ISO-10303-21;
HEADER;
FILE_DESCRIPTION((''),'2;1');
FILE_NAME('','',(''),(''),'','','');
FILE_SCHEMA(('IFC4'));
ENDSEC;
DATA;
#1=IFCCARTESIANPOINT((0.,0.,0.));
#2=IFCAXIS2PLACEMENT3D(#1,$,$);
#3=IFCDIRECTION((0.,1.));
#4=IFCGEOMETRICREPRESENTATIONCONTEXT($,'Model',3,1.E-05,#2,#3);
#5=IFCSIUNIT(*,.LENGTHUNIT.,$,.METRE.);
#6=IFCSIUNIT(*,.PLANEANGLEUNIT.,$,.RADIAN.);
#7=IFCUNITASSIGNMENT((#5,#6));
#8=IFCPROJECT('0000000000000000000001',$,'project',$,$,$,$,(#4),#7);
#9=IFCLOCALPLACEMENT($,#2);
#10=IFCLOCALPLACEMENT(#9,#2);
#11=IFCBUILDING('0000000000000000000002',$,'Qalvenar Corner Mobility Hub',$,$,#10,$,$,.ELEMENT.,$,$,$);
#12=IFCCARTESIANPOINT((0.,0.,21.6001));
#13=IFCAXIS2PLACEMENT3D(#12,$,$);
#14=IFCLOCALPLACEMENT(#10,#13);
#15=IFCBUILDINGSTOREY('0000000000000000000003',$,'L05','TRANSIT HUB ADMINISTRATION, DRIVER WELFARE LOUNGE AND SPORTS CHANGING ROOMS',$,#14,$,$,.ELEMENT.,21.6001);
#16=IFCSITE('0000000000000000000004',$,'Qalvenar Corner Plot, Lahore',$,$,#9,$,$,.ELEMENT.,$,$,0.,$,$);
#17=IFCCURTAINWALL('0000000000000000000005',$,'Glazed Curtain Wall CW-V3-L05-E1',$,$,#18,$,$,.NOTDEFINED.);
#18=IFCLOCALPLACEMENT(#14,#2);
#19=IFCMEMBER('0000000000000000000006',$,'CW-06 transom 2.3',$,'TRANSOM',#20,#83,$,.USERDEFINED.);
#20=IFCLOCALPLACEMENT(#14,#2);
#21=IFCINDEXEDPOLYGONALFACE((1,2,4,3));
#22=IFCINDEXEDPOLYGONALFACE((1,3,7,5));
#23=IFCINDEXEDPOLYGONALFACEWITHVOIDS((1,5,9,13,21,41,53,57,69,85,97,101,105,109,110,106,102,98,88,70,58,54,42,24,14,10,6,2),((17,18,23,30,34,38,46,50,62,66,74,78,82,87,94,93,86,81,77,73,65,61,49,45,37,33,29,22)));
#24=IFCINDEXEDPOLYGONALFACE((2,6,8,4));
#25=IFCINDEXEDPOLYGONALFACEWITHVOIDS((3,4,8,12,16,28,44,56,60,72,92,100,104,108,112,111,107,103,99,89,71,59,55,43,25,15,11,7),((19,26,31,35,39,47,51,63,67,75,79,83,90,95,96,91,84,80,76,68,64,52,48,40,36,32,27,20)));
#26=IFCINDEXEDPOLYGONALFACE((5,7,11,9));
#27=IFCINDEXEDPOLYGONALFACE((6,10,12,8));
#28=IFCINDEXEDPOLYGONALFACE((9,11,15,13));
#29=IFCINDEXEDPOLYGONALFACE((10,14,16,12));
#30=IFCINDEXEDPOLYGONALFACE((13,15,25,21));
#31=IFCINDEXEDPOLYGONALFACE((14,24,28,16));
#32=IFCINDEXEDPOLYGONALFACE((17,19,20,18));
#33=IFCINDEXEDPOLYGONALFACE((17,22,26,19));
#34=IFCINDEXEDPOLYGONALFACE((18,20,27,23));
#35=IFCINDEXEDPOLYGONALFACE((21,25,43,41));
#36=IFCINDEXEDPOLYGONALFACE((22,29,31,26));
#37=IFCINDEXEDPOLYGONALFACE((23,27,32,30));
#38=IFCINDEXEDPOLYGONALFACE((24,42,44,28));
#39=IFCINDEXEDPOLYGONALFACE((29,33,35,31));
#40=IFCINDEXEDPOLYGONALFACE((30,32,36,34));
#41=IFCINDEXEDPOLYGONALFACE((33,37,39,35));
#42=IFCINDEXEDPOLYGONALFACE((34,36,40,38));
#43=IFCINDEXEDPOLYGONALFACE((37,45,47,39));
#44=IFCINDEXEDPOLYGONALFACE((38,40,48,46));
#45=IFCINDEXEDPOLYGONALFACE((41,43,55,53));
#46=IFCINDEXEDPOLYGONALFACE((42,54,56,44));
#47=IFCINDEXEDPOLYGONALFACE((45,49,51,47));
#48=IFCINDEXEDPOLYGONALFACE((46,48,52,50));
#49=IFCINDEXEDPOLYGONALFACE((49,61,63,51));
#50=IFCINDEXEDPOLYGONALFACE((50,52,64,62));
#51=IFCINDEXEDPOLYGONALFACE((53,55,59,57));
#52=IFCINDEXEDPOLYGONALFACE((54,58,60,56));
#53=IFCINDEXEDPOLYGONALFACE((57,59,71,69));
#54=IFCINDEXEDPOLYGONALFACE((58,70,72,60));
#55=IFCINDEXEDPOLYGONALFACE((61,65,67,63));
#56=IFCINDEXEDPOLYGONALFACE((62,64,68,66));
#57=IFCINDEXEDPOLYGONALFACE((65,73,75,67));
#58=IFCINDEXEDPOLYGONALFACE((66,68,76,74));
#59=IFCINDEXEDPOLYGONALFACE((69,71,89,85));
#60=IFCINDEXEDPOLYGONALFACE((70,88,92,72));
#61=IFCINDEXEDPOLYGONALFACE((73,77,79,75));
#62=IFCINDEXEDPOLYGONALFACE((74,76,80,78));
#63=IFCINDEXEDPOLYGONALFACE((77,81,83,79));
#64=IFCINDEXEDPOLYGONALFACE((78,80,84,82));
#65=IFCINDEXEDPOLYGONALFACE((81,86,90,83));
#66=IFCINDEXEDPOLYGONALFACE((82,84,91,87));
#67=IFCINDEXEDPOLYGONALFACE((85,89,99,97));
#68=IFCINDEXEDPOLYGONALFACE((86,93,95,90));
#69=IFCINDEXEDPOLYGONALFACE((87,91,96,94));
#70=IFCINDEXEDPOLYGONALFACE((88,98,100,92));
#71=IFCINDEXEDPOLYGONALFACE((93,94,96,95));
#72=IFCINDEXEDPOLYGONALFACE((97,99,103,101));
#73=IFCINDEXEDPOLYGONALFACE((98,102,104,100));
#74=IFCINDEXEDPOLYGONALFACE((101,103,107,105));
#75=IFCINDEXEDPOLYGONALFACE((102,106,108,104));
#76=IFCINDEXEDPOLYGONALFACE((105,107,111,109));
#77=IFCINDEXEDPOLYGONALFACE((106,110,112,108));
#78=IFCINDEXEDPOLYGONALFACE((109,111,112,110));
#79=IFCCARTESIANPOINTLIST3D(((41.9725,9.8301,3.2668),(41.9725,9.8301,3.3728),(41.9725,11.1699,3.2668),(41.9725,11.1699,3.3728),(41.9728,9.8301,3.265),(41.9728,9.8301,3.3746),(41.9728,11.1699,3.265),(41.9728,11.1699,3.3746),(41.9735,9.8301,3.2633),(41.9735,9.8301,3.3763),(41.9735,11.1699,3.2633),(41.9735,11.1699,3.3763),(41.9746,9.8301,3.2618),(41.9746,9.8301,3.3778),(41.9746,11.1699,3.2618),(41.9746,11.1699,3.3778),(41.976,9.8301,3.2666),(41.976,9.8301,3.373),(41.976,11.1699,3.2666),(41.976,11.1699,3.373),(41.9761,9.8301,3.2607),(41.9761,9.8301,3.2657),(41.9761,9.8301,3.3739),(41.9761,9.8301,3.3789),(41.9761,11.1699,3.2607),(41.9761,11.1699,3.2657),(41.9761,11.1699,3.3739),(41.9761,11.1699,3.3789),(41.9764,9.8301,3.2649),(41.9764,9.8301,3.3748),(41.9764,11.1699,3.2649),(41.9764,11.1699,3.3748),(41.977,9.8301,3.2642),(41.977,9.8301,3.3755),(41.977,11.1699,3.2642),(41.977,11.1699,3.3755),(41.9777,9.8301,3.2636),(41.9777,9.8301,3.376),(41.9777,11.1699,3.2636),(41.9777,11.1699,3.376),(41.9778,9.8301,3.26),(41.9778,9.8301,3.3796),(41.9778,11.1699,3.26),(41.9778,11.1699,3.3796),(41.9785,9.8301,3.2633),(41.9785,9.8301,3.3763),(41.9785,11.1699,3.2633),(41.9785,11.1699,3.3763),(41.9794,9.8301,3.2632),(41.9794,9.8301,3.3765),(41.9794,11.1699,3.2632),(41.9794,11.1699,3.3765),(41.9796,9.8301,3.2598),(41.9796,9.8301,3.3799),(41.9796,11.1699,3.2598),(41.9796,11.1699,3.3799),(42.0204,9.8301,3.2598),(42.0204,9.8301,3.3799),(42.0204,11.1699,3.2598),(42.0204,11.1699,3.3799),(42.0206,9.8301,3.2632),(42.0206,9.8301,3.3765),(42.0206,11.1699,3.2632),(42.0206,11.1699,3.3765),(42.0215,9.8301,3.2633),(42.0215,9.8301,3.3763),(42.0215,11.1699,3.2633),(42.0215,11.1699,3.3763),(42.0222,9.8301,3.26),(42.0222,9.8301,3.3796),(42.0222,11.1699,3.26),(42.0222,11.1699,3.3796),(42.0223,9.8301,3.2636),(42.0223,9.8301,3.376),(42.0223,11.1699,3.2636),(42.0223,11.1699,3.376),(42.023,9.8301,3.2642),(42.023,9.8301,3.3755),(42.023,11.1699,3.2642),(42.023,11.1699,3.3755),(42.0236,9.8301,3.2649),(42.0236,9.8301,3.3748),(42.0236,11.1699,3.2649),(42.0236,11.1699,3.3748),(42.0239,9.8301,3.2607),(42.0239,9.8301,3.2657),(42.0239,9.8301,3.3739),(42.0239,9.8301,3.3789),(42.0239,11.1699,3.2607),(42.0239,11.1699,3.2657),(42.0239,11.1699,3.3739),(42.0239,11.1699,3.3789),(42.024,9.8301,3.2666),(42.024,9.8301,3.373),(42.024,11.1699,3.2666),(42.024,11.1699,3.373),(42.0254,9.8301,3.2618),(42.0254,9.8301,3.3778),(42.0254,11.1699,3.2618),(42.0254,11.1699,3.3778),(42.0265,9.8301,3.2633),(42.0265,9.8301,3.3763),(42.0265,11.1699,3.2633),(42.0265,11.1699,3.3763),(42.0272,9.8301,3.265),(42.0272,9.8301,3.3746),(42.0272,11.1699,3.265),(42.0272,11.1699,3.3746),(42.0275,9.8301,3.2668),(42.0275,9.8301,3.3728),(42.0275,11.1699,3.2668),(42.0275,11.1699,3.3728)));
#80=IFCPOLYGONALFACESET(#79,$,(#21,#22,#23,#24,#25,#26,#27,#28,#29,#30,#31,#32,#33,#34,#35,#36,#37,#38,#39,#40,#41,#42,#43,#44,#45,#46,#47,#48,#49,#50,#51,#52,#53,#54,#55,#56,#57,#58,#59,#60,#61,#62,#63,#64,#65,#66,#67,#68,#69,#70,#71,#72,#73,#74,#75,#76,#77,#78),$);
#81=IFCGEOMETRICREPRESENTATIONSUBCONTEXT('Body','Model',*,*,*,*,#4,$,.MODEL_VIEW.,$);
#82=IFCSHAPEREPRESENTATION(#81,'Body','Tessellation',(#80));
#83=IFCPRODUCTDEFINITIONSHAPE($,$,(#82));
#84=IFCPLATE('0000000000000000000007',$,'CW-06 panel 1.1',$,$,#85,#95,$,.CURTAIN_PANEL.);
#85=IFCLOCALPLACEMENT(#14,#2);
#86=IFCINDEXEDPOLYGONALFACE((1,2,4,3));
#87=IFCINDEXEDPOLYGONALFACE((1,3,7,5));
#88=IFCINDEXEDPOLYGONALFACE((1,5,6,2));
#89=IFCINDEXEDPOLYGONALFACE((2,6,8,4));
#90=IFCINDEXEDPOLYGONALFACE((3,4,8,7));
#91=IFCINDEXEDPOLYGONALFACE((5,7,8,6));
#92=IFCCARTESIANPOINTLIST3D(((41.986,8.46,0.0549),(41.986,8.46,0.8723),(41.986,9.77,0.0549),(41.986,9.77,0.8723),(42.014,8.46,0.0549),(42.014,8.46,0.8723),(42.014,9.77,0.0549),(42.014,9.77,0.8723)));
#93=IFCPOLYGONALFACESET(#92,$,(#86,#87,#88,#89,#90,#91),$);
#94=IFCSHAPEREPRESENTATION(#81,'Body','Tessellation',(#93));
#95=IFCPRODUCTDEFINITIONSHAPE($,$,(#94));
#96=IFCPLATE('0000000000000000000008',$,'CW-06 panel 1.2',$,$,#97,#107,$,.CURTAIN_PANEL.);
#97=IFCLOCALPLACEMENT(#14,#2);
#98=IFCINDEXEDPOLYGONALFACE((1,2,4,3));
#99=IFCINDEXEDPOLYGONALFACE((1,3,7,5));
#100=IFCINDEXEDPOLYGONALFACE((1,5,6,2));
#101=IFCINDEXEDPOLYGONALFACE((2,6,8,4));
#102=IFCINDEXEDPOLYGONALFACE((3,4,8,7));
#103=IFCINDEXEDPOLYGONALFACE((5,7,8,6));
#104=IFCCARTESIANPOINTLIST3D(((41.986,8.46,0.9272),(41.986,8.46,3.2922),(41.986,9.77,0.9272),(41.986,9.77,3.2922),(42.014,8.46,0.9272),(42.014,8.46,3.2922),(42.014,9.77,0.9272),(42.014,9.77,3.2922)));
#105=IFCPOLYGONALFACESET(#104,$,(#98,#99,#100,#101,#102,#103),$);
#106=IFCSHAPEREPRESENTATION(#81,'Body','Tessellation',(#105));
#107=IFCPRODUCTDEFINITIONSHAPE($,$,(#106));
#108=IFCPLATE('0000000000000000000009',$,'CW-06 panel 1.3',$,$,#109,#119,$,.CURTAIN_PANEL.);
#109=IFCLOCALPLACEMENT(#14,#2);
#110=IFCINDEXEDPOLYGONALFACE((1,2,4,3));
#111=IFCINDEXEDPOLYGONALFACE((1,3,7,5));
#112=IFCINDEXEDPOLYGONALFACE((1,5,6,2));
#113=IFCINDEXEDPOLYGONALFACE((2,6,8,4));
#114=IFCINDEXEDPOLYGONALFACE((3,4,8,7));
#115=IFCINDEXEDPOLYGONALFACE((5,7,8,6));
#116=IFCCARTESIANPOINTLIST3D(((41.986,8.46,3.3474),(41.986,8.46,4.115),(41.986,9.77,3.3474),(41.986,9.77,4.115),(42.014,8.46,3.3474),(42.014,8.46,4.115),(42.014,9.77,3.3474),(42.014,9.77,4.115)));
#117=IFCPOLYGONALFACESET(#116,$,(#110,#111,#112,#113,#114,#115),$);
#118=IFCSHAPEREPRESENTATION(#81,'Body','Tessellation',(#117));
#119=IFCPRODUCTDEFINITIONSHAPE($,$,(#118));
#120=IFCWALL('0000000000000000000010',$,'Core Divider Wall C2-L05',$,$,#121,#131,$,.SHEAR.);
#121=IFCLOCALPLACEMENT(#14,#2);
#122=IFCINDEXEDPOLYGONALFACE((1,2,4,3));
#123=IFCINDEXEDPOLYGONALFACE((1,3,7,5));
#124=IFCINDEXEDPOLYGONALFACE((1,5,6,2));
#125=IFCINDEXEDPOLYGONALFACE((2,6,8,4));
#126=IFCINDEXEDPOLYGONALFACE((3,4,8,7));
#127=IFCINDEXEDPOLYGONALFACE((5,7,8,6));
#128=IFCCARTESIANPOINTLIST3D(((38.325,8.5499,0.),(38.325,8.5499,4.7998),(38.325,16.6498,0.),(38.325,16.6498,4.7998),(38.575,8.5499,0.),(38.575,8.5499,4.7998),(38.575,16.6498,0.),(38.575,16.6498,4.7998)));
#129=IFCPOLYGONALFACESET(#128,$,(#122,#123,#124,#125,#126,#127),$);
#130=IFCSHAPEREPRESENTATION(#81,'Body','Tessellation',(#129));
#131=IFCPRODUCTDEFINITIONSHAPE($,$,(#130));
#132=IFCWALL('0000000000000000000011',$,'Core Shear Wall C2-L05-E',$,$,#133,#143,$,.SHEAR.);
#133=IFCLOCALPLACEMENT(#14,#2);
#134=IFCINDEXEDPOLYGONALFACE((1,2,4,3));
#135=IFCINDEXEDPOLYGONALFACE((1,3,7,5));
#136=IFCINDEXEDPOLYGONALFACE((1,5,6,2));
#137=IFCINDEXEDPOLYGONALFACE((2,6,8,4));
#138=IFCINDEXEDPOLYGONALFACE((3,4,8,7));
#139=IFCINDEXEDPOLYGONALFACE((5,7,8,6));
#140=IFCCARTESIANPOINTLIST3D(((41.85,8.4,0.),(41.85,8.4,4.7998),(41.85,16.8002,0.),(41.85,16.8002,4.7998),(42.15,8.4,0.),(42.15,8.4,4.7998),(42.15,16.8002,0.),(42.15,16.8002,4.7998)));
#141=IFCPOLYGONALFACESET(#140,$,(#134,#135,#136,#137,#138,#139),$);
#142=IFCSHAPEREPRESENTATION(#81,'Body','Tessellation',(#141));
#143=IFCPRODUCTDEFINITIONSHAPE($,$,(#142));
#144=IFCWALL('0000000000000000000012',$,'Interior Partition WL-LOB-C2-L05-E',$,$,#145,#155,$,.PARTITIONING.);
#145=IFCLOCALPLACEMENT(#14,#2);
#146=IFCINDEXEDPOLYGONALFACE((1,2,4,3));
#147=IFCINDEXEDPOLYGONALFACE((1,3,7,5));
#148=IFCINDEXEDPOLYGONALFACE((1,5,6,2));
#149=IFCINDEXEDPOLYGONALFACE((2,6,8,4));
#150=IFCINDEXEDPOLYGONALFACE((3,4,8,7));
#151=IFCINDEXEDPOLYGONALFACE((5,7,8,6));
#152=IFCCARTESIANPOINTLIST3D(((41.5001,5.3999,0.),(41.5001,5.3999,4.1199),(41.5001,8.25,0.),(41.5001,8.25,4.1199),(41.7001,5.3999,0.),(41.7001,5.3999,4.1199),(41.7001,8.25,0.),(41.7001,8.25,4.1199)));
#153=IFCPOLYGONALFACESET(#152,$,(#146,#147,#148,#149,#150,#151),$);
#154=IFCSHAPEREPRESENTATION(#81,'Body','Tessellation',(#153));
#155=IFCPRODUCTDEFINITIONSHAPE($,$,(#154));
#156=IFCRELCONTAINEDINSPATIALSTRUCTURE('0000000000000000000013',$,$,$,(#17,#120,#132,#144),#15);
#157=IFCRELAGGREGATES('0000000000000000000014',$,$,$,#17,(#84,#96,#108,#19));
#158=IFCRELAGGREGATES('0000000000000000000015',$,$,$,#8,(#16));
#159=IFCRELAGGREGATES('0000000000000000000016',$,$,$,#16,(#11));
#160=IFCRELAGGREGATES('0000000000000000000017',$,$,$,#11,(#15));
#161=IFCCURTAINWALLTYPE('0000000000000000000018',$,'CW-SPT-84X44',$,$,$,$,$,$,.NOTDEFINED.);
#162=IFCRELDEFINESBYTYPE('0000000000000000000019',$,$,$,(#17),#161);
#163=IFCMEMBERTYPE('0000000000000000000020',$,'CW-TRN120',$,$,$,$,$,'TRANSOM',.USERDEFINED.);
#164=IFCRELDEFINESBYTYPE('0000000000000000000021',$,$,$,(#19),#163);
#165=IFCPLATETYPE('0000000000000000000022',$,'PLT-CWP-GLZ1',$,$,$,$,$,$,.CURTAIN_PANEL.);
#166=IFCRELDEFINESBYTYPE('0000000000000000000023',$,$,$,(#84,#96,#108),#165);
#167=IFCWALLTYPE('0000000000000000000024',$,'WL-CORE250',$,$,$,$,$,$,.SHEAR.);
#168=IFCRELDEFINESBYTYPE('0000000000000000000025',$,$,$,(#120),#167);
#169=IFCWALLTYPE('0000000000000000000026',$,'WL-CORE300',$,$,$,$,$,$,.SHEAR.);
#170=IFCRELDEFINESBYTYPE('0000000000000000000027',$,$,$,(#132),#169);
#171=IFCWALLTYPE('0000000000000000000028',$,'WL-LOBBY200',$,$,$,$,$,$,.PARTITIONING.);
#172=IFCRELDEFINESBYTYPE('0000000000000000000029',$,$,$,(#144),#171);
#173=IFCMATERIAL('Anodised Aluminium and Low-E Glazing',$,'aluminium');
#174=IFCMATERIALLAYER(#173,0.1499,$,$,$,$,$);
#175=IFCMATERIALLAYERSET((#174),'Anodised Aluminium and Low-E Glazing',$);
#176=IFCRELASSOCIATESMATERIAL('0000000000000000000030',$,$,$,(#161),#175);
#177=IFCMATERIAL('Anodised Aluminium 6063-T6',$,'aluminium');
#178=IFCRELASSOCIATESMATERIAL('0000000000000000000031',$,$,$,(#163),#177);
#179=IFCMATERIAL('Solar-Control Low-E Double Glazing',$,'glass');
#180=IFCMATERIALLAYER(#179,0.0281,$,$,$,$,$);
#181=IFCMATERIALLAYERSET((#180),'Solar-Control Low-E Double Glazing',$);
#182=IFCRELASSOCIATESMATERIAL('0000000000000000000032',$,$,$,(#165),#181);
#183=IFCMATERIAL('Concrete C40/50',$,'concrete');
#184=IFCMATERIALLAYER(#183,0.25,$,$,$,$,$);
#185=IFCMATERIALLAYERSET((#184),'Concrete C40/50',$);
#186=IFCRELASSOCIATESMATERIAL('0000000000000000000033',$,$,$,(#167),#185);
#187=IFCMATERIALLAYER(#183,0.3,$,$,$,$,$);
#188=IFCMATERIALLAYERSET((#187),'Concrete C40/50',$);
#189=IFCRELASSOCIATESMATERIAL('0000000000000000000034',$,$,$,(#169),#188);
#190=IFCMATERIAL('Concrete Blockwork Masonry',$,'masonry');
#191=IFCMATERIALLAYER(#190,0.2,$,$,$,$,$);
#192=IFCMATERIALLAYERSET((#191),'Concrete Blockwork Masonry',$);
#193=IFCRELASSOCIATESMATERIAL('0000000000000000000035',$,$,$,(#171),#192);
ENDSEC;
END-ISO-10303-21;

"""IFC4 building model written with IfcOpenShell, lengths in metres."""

from ifc_helpers import new_model, si_unit, direction, frame, frame_2d, origin, origin_2d, place, context, subcontext, project, spatial, rectangle, hollow_rectangle, extrude, material, layer, layer_set, material_profile, profile_set, type_object, element, aggregate, save


model = new_model("IFC4")

# Units and contexts
model_context = context("Model", 3, precision=1e-05, world=origin(), true_north=direction((0.0, 1.0)))
body_context = subcontext(model_context, "Body", "Model", "MODEL_VIEW")
ifc_project = project(units=[si_unit("LENGTHUNIT", "METRE"), si_unit("PLANEANGLEUNIT", "RADIAN")], contexts=[model_context])

# Site, building, storey
site_placement = place(None, origin())
site = spatial("IfcSite", under=ifc_project, at=site_placement, Name="Qalvenar Corner Plot, Lahore", CompositionType="ELEMENT", RefElevation=0.0)
building_placement = place(site_placement, origin())
building = spatial("IfcBuilding", under=site, at=building_placement, Name="Qalvenar Corner Mobility Hub", CompositionType="ELEMENT")
storey_placement = place(building_placement, frame((0.0, 0.0, 21.6001)))
storey = spatial("IfcBuildingStorey", under=building, at=storey_placement, Name="L05", Description="TRANSIT HUB ADMINISTRATION, DRIVER WELFARE LOUNGE AND SPORTS CHANGING ROOMS", CompositionType="ELEMENT", Elevation=21.6001)

# Curtain wall, member, plates
ifc_material_1 = material(Name="Anodised Aluminium and Low-E Glazing", Category="aluminium")
ifc_layer_1 = layer(ifc_material_1, 0.1499)
ifc_layer_set_1 = layer_set([ifc_layer_1], Name="Anodised Aluminium and Low-E Glazing")
curtain_wall_type = type_object("IfcCurtainWallType", Name="CW-SPT-84X44", PredefinedType="NOTDEFINED", material=ifc_layer_set_1)
curtain_wall_placement = place(storey_placement, origin())
curtain_wall = element("IfcCurtainWall", 1, at=curtain_wall_placement, inside=storey, type_object=curtain_wall_type, Name="Glazed Curtain Wall CW-V3-L05-E1", PredefinedType="NOTDEFINED")
ifc_material_2 = material(Name="Anodised Aluminium 6063-T6", Category="aluminium")
ifc_material_profile_1 = material_profile(ifc_material_2, hollow_rectangle(XDim=0.0549, YDim=0.1201, WallThickness=0.0034, InnerFilletRadius=0.0034, OuterFilletRadius=0.0071, at=origin_2d()), Name="RHS120x55x3.5")
ifc_profile_set_1 = profile_set([ifc_material_profile_1], Name="Anodised Aluminium 6063-T6")
member_type_1 = type_object("IfcMemberType", Name="CW-TRN120", ElementType="TRANSOM", PredefinedType="USERDEFINED", material=ifc_profile_set_1)
member_1_placement = place(storey_placement, frame((42.0, 9.8301, 3.3198), z_axis=(0.0, 1.0, 0.0), x_axis=(-1.0, 0.0, 0.0)))
member_1 = element("IfcMember", 2, at=member_1_placement, type_object=member_type_1, Name="CW-06 transom 2.3", ObjectType="TRANSOM", PredefinedType="USERDEFINED", context=body_context, shape_type="SweptSolid", body=[
    extrude(hollow_rectangle(XDim=0.0549, YDim=0.1201, WallThickness=0.0034, InnerFilletRadius=0.0034, OuterFilletRadius=0.0071, at=origin_2d()), origin(), (0.0, 0.0, 1.0), 1.3398),
])
ifc_material_3 = material(Name="Solar-Control Low-E Double Glazing", Category="glass")
ifc_layer_2 = layer(ifc_material_3, 0.0281)
ifc_layer_set_2 = layer_set([ifc_layer_2], Name="Solar-Control Low-E Double Glazing")
plate_type = type_object("IfcPlateType", Name="PLT-CWP-GLZ1", PredefinedType="CURTAIN_PANEL", material=ifc_layer_set_2)
plate_1_placement = place(storey_placement, frame((42.0, 9.115, 0.0549), z_axis=(0.0, 0.0, 1.0), x_axis=(0.0, 1.0, 0.0)))
plate_1 = element("IfcPlate", 3, at=plate_1_placement, type_object=plate_type, Name="CW-06 panel 1.1", PredefinedType="CURTAIN_PANEL", context=body_context, shape_type="SweptSolid", body=[
    extrude(rectangle(XDim=1.3101, YDim=0.0281, at=origin_2d()), origin(), (0.0, 0.0, 1.0), 0.8174),
])
plate_2_placement = place(storey_placement, frame((42.0, 9.115, 0.9272), z_axis=(0.0, 0.0, 1.0), x_axis=(0.0, 1.0, 0.0)))
plate_2 = element("IfcPlate", 4, at=plate_2_placement, type_object=plate_type, Name="CW-06 panel 1.2", PredefinedType="CURTAIN_PANEL", context=body_context, shape_type="SweptSolid", body=[
    extrude(rectangle(XDim=1.3101, YDim=0.0281, at=origin_2d()), origin(), (0.0, 0.0, 1.0), 2.365),
])
plate_3_placement = place(storey_placement, frame((42.0, 9.115, 3.3474), z_axis=(0.0, 0.0, 1.0), x_axis=(0.0, 1.0, 0.0)))
plate_3 = element("IfcPlate", 5, at=plate_3_placement, type_object=plate_type, Name="CW-06 panel 1.3", PredefinedType="CURTAIN_PANEL", context=body_context, shape_type="SweptSolid", body=[
    extrude(rectangle(XDim=1.3101, YDim=0.0281, at=origin_2d()), origin(), (0.0, 0.0, 1.0), 0.7676),
])
aggregate(curtain_wall, [plate_1, plate_2, plate_3, member_1])

# Walls
ifc_material_4 = material(Name="Concrete C40/50", Category="concrete")
ifc_layer_3 = layer(ifc_material_4, 0.25)
ifc_layer_set_3 = layer_set([ifc_layer_3], Name="Concrete C40/50")
wall_type_1 = type_object("IfcWallType", Name="WL-CORE250", PredefinedType="SHEAR", material=ifc_layer_set_3)
wall_1_placement = place(storey_placement, frame((38.45, 8.55, 0.0), z_axis=(0.0, 0.0, 1.0), x_axis=(0.0, 1.0, 0.0)))
element("IfcWall", 6, at=wall_1_placement, inside=storey, type_object=wall_type_1, Name="Core Divider Wall C2-L05", PredefinedType="SHEAR", context=body_context, shape_type="SweptSolid", body=[
    extrude(rectangle(XDim=8.0999, YDim=0.25, at=frame_2d((4.0498, 0.0))), origin(), (0.0, 0.0, 1.0), 4.7998),
])
ifc_layer_4 = layer(ifc_material_4, 0.3)
ifc_layer_set_4 = layer_set([ifc_layer_4], Name="Concrete C40/50")
wall_type_2 = type_object("IfcWallType", Name="WL-CORE300", PredefinedType="SHEAR", material=ifc_layer_set_4)
wall_2_placement = place(storey_placement, frame((42.0, 8.3999, 0.0), z_axis=(0.0, 0.0, 1.0), x_axis=(0.0, 1.0, 0.0)))
element("IfcWall", 7, at=wall_2_placement, inside=storey, type_object=wall_type_2, Name="Core Shear Wall C2-L05-E", PredefinedType="SHEAR", context=body_context, shape_type="SweptSolid", body=[
    extrude(rectangle(XDim=8.4001, YDim=0.3, at=frame_2d((4.2002, 0.0))), origin(), (0.0, 0.0, 1.0), 4.7998),
])
ifc_material_5 = material(Name="Concrete Blockwork Masonry", Category="masonry")
ifc_layer_5 = layer(ifc_material_5, 0.2)
ifc_layer_set_5 = layer_set([ifc_layer_5], Name="Concrete Blockwork Masonry")
wall_type_3 = type_object("IfcWallType", Name="WL-LOBBY200", PredefinedType="PARTITIONING", material=ifc_layer_set_5)
wall_3_placement = place(storey_placement, frame((41.6001, 5.3999, 0.0), z_axis=(0.0, 0.0, 1.0), x_axis=(0.0, 1.0, 0.0)))
element("IfcWall", 8, at=wall_3_placement, inside=storey, type_object=wall_type_3, Name="Interior Partition WL-LOB-C2-L05-E", PredefinedType="PARTITIONING", context=body_context, shape_type="SweptSolid", body=[
    extrude(rectangle(XDim=2.8501, YDim=0.2, at=frame_2d((1.425, 0.0))), origin(), (0.0, 0.0, 1.0), 4.1199),
])

save(model, "model.ifc")
